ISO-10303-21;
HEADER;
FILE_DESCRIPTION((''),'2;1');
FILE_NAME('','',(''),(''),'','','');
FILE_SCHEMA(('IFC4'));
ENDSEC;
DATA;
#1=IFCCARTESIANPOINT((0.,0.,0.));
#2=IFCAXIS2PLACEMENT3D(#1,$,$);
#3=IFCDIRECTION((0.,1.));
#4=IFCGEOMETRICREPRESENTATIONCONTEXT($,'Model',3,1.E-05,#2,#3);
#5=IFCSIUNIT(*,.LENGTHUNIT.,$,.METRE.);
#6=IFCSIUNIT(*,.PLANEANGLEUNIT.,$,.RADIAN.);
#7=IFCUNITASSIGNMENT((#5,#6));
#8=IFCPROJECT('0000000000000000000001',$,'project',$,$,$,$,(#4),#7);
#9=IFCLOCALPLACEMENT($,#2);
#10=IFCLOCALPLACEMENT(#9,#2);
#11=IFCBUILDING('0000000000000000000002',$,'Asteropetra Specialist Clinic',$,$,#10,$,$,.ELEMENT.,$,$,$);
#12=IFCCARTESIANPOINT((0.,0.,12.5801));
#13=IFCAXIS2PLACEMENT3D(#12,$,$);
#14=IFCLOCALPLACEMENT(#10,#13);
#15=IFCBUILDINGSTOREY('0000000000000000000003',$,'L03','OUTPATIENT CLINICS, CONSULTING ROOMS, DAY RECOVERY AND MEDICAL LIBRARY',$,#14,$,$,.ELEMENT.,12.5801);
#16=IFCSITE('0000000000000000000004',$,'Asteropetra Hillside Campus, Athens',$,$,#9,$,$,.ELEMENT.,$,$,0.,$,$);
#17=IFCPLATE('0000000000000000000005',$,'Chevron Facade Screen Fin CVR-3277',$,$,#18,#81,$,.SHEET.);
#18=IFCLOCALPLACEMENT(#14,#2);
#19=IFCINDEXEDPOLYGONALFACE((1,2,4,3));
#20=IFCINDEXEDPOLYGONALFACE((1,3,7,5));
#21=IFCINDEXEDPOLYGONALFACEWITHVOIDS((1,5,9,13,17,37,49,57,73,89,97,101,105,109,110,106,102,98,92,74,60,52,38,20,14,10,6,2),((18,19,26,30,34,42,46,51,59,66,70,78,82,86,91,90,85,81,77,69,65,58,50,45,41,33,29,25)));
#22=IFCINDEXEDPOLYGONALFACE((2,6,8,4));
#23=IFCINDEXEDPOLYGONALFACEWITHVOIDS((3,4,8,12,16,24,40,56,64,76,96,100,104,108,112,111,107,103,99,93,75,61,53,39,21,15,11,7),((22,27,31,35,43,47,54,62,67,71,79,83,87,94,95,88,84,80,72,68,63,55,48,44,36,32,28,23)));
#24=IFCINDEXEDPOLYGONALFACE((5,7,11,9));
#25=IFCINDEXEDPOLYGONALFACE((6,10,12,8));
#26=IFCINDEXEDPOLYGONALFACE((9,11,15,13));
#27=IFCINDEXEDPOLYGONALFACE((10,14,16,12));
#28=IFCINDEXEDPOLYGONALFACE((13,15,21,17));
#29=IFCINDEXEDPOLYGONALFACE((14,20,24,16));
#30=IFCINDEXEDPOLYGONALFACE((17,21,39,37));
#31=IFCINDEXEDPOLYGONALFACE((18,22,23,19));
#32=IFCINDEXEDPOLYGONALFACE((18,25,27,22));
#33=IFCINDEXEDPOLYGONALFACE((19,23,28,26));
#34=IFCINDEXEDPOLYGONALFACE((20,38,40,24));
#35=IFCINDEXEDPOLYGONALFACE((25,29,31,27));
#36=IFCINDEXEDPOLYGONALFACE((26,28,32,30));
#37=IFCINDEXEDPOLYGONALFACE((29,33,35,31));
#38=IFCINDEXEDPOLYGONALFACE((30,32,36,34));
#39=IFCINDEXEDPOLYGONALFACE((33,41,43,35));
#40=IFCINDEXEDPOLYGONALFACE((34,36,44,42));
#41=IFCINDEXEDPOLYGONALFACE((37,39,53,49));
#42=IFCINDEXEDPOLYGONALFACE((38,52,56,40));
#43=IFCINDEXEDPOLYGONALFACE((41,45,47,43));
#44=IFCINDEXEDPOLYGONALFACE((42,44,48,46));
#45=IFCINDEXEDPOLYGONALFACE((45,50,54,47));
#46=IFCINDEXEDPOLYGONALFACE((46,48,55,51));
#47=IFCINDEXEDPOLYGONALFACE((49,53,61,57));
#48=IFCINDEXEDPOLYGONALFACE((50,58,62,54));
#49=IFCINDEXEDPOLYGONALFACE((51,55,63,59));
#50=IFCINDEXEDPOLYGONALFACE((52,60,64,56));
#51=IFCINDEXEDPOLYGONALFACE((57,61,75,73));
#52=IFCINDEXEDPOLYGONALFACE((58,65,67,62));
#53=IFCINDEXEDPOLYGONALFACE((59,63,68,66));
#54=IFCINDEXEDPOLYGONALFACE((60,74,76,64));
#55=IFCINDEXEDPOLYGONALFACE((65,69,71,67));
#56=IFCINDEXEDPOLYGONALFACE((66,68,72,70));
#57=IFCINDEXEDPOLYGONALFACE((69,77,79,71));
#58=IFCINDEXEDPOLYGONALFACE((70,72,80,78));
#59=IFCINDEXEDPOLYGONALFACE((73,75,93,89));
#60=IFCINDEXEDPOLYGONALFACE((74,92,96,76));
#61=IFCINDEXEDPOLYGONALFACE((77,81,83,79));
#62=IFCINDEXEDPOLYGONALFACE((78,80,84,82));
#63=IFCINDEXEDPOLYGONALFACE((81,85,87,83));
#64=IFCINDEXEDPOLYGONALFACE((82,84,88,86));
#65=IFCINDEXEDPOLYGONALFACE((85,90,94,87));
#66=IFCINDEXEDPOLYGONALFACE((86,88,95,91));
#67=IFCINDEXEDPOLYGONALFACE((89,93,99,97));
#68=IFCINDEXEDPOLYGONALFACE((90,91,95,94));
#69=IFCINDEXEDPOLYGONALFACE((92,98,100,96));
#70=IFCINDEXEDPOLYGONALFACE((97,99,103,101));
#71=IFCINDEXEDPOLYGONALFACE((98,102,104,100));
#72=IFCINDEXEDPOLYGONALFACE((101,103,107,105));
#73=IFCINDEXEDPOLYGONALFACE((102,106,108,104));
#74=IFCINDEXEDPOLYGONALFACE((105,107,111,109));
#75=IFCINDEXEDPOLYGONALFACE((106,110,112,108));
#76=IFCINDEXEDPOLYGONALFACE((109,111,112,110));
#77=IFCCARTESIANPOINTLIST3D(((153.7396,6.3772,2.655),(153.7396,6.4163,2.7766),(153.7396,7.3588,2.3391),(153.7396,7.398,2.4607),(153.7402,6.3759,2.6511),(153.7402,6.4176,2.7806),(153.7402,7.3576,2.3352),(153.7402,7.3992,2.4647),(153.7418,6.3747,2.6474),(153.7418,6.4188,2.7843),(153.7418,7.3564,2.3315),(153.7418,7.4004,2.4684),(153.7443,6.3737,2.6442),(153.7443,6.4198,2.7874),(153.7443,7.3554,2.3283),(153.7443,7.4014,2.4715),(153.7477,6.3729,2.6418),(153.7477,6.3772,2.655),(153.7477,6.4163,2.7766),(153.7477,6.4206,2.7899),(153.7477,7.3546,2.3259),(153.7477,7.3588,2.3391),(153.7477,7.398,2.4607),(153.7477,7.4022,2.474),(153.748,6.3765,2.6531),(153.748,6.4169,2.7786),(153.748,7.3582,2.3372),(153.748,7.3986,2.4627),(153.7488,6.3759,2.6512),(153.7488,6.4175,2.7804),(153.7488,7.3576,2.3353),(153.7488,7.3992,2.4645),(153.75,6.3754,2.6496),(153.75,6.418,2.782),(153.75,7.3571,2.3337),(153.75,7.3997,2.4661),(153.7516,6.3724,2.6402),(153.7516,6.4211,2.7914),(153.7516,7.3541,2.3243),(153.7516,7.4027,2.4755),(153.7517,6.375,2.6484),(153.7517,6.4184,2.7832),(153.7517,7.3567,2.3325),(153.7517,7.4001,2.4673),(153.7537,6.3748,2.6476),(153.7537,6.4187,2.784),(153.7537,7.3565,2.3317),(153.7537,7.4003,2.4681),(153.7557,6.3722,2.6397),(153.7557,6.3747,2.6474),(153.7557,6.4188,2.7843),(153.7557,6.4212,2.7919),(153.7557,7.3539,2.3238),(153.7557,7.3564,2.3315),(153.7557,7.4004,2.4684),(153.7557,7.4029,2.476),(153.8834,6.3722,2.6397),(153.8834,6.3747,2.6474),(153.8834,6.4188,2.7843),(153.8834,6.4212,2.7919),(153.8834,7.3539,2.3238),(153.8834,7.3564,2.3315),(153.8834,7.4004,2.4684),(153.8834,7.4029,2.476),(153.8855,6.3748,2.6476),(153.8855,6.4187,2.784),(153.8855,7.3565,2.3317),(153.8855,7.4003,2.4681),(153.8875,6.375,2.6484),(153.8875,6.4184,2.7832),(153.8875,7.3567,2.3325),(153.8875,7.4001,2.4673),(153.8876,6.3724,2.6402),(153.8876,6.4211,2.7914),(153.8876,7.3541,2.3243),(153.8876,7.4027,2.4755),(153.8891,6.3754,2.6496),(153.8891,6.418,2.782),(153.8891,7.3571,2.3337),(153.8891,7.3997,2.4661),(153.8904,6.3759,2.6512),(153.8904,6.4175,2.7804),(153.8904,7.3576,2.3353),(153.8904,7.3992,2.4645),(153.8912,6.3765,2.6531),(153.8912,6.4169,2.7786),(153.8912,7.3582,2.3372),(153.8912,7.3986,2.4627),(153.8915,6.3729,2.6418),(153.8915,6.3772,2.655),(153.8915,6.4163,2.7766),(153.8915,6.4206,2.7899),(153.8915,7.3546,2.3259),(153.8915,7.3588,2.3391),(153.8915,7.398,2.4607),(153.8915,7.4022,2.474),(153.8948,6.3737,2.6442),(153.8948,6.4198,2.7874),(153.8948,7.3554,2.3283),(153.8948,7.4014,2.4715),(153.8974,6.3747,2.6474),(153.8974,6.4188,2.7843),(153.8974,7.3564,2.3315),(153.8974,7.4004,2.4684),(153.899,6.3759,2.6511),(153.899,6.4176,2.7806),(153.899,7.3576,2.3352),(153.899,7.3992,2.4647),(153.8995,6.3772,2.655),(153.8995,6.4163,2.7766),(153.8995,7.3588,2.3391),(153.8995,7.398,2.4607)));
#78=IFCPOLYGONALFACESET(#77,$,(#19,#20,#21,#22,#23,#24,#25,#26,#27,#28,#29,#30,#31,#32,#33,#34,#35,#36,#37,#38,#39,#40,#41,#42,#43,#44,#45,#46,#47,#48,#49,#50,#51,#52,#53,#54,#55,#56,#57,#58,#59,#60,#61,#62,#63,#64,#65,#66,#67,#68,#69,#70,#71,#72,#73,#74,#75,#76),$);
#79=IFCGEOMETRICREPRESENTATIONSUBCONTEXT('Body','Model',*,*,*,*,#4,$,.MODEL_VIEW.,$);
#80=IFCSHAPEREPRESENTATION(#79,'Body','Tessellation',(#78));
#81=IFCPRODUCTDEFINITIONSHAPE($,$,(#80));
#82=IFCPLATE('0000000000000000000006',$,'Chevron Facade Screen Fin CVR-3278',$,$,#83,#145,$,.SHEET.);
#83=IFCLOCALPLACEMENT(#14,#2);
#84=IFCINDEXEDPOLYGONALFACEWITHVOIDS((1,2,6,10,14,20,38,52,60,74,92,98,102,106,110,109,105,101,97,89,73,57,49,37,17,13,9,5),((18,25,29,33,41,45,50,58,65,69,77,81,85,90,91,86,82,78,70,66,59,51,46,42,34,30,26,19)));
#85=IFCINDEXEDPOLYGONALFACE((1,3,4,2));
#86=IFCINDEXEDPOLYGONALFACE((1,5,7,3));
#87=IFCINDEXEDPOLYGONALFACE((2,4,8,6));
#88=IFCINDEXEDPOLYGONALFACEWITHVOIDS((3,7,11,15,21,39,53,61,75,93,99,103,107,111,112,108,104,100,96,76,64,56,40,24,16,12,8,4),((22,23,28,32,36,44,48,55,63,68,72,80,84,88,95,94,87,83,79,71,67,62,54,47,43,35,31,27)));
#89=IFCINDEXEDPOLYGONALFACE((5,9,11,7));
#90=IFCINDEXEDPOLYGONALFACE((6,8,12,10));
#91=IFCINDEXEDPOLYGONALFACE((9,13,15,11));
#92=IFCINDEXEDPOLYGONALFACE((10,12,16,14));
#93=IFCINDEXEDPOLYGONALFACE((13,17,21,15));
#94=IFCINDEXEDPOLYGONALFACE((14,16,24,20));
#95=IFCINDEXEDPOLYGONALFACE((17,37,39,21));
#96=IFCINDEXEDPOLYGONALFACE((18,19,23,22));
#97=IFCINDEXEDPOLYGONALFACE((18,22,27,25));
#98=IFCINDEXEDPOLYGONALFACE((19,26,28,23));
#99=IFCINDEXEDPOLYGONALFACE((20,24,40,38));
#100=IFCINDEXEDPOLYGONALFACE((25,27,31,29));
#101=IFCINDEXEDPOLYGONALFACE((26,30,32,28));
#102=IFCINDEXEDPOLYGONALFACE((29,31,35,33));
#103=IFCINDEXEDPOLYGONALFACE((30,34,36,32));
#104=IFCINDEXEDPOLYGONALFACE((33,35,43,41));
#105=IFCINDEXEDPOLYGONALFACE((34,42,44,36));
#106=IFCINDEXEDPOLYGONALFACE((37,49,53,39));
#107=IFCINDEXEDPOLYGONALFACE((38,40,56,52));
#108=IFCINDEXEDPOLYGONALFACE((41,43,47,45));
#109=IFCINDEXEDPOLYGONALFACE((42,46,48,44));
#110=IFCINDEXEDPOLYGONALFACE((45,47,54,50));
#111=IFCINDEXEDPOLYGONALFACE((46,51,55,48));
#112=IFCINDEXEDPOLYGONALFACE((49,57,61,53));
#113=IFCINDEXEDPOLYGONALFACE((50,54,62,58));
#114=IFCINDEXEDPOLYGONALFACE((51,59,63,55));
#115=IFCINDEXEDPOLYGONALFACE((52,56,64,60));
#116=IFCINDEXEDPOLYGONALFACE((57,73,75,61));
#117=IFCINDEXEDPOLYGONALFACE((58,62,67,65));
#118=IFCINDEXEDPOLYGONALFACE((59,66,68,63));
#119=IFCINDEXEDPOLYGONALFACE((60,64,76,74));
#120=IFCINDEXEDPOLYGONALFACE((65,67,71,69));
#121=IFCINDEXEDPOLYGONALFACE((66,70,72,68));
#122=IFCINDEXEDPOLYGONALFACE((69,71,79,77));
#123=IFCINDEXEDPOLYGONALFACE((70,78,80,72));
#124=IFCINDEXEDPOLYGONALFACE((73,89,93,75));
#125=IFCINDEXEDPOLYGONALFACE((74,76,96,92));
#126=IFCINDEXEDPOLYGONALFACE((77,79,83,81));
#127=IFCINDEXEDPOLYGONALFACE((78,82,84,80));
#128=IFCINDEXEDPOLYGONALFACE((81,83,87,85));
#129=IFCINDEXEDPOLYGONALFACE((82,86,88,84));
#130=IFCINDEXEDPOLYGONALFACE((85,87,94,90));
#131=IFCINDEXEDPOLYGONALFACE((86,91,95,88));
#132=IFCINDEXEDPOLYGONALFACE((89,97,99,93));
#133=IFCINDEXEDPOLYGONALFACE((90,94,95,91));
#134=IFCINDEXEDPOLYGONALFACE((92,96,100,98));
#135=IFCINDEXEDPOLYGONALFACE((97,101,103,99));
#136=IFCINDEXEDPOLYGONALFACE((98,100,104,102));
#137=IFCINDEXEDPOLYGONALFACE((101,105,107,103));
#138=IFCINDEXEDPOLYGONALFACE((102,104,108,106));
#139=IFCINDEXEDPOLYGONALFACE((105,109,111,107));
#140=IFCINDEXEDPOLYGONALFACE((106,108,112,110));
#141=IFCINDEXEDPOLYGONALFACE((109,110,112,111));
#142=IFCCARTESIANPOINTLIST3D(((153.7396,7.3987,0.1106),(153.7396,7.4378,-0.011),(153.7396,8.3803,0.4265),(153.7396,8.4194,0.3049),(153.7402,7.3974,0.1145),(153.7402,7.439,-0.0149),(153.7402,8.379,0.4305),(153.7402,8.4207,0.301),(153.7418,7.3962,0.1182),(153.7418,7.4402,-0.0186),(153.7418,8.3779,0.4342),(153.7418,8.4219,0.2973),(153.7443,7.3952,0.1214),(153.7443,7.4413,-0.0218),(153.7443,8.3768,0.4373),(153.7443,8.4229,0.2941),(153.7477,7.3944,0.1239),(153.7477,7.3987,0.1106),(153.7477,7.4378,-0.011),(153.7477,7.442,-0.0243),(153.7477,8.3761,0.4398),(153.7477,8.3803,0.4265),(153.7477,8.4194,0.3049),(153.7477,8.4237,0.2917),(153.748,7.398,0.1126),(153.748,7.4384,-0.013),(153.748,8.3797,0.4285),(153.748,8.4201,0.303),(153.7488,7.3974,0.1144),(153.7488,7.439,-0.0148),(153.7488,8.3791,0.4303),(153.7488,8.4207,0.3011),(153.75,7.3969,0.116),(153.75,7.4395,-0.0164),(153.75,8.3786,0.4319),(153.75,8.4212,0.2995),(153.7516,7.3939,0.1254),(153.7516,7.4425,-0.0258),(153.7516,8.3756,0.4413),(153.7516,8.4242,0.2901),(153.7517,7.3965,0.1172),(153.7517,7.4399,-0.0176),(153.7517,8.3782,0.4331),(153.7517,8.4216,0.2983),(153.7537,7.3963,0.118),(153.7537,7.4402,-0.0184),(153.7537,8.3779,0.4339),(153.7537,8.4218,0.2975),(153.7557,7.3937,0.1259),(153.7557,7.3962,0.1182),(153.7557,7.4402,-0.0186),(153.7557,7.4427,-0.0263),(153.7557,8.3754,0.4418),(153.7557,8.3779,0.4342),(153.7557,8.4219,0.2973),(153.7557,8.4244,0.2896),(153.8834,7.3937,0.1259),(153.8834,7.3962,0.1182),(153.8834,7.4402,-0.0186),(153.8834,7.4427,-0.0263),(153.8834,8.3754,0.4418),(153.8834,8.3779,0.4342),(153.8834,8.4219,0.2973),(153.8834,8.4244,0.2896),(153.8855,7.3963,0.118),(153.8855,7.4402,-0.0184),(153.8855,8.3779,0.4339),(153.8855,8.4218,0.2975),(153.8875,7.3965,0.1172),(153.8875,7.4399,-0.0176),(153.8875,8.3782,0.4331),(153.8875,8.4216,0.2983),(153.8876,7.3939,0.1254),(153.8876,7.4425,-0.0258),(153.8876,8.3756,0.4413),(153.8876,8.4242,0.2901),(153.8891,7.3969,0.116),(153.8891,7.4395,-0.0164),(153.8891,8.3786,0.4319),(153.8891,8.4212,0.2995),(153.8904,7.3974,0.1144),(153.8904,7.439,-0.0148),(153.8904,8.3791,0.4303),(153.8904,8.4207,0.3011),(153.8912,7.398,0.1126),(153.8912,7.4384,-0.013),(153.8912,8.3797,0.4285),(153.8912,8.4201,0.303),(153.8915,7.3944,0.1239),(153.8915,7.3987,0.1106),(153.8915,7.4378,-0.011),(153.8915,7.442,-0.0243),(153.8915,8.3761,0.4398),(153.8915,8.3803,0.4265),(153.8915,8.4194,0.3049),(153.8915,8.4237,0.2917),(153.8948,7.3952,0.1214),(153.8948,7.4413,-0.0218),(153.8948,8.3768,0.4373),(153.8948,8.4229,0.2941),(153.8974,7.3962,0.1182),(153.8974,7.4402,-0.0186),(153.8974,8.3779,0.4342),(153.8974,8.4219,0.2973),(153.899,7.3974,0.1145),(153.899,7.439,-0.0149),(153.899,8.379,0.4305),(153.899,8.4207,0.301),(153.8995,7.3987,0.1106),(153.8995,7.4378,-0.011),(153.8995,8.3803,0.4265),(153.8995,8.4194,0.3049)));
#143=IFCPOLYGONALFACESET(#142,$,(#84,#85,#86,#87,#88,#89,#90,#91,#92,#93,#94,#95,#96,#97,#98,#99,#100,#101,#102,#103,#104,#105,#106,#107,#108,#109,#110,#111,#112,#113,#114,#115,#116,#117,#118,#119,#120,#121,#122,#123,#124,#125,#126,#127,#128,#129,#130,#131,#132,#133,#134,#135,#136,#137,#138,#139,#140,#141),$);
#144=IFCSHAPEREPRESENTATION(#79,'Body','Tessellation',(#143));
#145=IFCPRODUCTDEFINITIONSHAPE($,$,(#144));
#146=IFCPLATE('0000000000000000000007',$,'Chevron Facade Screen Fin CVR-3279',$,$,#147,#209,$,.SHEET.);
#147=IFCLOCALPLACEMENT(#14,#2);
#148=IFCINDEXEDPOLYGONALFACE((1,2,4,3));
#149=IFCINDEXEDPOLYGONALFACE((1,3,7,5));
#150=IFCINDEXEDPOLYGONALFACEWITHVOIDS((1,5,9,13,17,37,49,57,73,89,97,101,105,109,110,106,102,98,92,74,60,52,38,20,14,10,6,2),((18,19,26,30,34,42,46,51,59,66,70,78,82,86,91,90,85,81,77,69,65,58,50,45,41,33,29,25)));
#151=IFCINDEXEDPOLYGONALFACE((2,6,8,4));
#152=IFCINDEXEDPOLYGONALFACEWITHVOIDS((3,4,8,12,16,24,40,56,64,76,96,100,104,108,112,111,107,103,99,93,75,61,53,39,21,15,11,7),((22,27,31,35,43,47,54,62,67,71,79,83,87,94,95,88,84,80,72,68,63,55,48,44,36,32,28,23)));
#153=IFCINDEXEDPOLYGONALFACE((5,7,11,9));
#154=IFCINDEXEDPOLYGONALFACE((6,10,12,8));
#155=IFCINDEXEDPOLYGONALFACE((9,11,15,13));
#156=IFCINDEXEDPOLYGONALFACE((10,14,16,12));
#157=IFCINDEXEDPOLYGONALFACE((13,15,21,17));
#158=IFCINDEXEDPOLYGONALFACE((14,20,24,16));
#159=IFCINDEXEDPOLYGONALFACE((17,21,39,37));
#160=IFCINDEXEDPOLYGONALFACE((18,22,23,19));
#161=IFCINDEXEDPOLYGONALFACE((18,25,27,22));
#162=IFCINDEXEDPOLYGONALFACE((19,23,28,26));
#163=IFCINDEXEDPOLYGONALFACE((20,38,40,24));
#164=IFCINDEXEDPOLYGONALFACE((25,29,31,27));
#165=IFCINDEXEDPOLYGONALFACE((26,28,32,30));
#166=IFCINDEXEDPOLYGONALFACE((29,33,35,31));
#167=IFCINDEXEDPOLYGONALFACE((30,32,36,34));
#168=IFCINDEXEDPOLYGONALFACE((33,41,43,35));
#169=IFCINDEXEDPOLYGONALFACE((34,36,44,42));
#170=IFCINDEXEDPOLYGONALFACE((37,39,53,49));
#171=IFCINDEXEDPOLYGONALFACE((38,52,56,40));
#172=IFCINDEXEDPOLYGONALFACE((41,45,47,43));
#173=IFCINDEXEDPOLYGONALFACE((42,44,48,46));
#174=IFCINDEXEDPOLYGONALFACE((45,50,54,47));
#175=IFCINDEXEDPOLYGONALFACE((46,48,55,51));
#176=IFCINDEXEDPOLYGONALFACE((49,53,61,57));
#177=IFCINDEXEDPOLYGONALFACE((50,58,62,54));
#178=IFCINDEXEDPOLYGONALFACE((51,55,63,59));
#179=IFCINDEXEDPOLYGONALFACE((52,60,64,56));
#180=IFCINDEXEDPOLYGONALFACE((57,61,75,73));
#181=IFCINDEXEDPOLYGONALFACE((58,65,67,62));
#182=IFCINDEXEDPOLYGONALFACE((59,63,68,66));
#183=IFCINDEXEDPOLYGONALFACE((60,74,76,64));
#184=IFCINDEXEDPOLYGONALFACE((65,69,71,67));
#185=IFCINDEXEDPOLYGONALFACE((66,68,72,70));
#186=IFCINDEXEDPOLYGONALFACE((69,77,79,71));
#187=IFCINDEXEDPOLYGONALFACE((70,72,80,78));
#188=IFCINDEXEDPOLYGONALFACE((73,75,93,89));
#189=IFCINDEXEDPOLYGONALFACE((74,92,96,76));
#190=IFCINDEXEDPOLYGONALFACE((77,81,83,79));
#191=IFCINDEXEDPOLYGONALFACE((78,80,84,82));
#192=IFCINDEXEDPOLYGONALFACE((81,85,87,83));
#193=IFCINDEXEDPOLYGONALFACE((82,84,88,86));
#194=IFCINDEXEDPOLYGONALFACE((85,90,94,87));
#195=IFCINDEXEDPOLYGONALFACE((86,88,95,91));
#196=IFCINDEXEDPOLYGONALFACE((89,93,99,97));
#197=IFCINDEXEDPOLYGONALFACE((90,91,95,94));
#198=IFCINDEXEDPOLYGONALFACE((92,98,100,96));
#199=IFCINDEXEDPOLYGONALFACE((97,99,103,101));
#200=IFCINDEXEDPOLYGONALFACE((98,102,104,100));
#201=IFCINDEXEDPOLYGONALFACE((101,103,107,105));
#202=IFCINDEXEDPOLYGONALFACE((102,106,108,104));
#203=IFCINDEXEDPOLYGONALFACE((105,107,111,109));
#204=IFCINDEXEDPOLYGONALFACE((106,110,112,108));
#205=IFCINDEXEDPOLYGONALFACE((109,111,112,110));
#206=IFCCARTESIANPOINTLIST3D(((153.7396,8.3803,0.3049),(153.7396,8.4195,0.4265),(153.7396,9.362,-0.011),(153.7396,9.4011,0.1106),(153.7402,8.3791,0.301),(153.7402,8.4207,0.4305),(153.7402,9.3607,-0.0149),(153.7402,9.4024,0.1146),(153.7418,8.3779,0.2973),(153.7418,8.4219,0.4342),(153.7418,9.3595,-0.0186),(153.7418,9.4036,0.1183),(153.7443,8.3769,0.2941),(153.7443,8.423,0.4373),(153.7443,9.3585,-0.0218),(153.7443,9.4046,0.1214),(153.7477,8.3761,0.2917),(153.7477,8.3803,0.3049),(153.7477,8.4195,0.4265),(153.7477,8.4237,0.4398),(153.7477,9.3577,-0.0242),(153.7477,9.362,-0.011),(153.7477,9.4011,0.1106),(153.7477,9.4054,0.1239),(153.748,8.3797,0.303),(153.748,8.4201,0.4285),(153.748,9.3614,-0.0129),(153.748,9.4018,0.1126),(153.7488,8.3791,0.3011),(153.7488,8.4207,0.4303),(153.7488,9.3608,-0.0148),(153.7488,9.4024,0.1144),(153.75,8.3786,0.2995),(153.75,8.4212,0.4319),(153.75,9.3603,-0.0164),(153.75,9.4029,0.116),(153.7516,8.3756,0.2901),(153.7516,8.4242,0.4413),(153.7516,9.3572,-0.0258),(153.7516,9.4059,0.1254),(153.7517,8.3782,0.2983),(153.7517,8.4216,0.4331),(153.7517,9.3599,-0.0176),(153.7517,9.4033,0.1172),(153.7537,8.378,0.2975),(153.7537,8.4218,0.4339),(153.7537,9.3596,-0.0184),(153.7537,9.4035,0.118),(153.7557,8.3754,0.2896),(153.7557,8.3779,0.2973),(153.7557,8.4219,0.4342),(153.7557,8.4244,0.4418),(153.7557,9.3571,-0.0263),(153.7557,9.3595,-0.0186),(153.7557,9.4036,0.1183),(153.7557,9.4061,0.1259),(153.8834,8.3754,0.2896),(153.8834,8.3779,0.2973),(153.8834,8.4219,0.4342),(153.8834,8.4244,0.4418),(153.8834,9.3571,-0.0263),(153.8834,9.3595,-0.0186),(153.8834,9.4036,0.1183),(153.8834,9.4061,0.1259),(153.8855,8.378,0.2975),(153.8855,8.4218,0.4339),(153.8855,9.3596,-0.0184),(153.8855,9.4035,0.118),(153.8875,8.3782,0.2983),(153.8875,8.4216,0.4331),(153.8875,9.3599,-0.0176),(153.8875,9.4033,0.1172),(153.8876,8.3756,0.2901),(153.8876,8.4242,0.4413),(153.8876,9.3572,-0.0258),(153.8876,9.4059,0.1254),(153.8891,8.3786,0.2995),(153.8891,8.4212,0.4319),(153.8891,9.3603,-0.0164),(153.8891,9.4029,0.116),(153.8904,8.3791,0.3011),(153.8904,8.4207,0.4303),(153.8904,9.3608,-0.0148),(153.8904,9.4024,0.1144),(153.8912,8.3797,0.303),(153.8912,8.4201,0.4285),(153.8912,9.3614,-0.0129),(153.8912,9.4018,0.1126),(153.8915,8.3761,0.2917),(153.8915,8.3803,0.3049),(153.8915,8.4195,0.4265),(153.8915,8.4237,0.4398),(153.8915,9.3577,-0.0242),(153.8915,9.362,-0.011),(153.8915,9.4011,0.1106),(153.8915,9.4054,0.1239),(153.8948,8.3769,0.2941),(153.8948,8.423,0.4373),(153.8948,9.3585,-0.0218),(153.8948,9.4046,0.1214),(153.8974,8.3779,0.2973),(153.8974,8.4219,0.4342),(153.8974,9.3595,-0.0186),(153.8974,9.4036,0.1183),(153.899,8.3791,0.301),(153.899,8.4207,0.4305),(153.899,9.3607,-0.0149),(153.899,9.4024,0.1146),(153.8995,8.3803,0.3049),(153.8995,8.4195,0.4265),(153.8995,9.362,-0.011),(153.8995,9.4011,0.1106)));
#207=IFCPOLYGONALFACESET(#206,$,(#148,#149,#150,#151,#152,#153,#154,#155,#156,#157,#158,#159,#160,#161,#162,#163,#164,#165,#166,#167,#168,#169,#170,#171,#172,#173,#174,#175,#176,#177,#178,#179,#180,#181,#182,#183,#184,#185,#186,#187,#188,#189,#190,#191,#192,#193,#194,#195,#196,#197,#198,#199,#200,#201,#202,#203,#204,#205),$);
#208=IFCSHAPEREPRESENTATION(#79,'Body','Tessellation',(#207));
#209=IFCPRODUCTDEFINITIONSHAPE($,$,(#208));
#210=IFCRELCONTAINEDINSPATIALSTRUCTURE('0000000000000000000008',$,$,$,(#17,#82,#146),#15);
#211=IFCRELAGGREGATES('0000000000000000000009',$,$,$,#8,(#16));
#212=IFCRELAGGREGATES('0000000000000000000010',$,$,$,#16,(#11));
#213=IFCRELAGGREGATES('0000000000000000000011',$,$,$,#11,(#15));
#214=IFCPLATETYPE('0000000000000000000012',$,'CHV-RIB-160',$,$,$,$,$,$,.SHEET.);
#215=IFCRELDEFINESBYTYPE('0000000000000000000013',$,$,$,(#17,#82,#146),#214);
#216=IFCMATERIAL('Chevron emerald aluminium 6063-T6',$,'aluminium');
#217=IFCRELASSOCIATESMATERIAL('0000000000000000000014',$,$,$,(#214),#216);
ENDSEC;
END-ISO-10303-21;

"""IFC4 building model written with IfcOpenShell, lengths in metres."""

from ifc_helpers import new_model, si_unit, direction, frame, origin, origin_2d, place, context, subcontext, project, spatial, hollow_rectangle, extrude, material, material_profile, profile_set, type_object, element, save


model = new_model("IFC4")

# Units and contexts
model_context = context("Model", 3, precision=1e-05, world=origin(), true_north=direction((0.0, 1.0)))
body_context = subcontext(model_context, "Body", "Model", "MODEL_VIEW")
ifc_project = project(units=[si_unit("LENGTHUNIT", "METRE"), si_unit("PLANEANGLEUNIT", "RADIAN")], contexts=[model_context])

# Site, building, storey
site_placement = place(None, origin())
site = spatial("IfcSite", under=ifc_project, at=site_placement, Name="Asteropetra Hillside Campus, Athens", CompositionType="ELEMENT", RefElevation=0.0)
building_placement = place(site_placement, origin())
building = spatial("IfcBuilding", under=site, at=building_placement, Name="Asteropetra Specialist Clinic", CompositionType="ELEMENT")
storey_placement = place(building_placement, frame((0.0, 0.0, 12.5801)))
storey = spatial("IfcBuildingStorey", under=building, at=storey_placement, Name="L03", Description="OUTPATIENT CLINICS, CONSULTING ROOMS, DAY RECOVERY AND MEDICAL LIBRARY", CompositionType="ELEMENT", Elevation=12.5801)

# Plates
ifc_material_1 = material(Name="Chevron emerald aluminium 6063-T6", Category="aluminium")
ifc_material_profile_1 = material_profile(ifc_material_1, hollow_rectangle(XDim=0.1599, YDim=0.1599, WallThickness=0.0081, InnerFilletRadius=0.0081, OuterFilletRadius=0.0161, at=origin_2d()), Name="SHS 160x160x8.0")
ifc_profile_set_1 = profile_set([ifc_material_profile_1], Name="Chevron emerald aluminium 6063-T6")
plate_type = type_object("IfcPlateType", Name="CHV-RIB-160", PredefinedType="SHEET", material=ifc_profile_set_1)
for number, where, z_axis, x_axis, name in (
    (1, (153.8196, 6.3967, 2.7158), (0.0, 0.951923, -0.306339), (-1.0, 0.0, 0.0), "Chevron Facade Screen Fin CVR-3277"),
    (2, (153.8196, 7.4182, 0.0498), (0.0, 0.951923, 0.306339), (-1.0, 0.0, 0.0), "Chevron Facade Screen Fin CVR-3278"),
    (3, (153.8196, 8.3999, 0.3657), (0.0, 0.951923, -0.306339), (-1.0, 0.0, 0.0), "Chevron Facade Screen Fin CVR-3279"),
):
    element("IfcPlate", number, at=place(storey_placement, frame(where, z_axis=z_axis, x_axis=x_axis)), inside=storey, type_object=plate_type, Name=name, PredefinedType="SHEET", context=body_context, shape_type="SweptSolid", body=[
        extrude(hollow_rectangle(XDim=0.1599, YDim=0.1599, WallThickness=0.0081, InnerFilletRadius=0.0081, OuterFilletRadius=0.0161, at=origin_2d()), origin(), (0.0, 0.0, 1.0), 1.0312),
    ])

save(model, "model.ifc")
